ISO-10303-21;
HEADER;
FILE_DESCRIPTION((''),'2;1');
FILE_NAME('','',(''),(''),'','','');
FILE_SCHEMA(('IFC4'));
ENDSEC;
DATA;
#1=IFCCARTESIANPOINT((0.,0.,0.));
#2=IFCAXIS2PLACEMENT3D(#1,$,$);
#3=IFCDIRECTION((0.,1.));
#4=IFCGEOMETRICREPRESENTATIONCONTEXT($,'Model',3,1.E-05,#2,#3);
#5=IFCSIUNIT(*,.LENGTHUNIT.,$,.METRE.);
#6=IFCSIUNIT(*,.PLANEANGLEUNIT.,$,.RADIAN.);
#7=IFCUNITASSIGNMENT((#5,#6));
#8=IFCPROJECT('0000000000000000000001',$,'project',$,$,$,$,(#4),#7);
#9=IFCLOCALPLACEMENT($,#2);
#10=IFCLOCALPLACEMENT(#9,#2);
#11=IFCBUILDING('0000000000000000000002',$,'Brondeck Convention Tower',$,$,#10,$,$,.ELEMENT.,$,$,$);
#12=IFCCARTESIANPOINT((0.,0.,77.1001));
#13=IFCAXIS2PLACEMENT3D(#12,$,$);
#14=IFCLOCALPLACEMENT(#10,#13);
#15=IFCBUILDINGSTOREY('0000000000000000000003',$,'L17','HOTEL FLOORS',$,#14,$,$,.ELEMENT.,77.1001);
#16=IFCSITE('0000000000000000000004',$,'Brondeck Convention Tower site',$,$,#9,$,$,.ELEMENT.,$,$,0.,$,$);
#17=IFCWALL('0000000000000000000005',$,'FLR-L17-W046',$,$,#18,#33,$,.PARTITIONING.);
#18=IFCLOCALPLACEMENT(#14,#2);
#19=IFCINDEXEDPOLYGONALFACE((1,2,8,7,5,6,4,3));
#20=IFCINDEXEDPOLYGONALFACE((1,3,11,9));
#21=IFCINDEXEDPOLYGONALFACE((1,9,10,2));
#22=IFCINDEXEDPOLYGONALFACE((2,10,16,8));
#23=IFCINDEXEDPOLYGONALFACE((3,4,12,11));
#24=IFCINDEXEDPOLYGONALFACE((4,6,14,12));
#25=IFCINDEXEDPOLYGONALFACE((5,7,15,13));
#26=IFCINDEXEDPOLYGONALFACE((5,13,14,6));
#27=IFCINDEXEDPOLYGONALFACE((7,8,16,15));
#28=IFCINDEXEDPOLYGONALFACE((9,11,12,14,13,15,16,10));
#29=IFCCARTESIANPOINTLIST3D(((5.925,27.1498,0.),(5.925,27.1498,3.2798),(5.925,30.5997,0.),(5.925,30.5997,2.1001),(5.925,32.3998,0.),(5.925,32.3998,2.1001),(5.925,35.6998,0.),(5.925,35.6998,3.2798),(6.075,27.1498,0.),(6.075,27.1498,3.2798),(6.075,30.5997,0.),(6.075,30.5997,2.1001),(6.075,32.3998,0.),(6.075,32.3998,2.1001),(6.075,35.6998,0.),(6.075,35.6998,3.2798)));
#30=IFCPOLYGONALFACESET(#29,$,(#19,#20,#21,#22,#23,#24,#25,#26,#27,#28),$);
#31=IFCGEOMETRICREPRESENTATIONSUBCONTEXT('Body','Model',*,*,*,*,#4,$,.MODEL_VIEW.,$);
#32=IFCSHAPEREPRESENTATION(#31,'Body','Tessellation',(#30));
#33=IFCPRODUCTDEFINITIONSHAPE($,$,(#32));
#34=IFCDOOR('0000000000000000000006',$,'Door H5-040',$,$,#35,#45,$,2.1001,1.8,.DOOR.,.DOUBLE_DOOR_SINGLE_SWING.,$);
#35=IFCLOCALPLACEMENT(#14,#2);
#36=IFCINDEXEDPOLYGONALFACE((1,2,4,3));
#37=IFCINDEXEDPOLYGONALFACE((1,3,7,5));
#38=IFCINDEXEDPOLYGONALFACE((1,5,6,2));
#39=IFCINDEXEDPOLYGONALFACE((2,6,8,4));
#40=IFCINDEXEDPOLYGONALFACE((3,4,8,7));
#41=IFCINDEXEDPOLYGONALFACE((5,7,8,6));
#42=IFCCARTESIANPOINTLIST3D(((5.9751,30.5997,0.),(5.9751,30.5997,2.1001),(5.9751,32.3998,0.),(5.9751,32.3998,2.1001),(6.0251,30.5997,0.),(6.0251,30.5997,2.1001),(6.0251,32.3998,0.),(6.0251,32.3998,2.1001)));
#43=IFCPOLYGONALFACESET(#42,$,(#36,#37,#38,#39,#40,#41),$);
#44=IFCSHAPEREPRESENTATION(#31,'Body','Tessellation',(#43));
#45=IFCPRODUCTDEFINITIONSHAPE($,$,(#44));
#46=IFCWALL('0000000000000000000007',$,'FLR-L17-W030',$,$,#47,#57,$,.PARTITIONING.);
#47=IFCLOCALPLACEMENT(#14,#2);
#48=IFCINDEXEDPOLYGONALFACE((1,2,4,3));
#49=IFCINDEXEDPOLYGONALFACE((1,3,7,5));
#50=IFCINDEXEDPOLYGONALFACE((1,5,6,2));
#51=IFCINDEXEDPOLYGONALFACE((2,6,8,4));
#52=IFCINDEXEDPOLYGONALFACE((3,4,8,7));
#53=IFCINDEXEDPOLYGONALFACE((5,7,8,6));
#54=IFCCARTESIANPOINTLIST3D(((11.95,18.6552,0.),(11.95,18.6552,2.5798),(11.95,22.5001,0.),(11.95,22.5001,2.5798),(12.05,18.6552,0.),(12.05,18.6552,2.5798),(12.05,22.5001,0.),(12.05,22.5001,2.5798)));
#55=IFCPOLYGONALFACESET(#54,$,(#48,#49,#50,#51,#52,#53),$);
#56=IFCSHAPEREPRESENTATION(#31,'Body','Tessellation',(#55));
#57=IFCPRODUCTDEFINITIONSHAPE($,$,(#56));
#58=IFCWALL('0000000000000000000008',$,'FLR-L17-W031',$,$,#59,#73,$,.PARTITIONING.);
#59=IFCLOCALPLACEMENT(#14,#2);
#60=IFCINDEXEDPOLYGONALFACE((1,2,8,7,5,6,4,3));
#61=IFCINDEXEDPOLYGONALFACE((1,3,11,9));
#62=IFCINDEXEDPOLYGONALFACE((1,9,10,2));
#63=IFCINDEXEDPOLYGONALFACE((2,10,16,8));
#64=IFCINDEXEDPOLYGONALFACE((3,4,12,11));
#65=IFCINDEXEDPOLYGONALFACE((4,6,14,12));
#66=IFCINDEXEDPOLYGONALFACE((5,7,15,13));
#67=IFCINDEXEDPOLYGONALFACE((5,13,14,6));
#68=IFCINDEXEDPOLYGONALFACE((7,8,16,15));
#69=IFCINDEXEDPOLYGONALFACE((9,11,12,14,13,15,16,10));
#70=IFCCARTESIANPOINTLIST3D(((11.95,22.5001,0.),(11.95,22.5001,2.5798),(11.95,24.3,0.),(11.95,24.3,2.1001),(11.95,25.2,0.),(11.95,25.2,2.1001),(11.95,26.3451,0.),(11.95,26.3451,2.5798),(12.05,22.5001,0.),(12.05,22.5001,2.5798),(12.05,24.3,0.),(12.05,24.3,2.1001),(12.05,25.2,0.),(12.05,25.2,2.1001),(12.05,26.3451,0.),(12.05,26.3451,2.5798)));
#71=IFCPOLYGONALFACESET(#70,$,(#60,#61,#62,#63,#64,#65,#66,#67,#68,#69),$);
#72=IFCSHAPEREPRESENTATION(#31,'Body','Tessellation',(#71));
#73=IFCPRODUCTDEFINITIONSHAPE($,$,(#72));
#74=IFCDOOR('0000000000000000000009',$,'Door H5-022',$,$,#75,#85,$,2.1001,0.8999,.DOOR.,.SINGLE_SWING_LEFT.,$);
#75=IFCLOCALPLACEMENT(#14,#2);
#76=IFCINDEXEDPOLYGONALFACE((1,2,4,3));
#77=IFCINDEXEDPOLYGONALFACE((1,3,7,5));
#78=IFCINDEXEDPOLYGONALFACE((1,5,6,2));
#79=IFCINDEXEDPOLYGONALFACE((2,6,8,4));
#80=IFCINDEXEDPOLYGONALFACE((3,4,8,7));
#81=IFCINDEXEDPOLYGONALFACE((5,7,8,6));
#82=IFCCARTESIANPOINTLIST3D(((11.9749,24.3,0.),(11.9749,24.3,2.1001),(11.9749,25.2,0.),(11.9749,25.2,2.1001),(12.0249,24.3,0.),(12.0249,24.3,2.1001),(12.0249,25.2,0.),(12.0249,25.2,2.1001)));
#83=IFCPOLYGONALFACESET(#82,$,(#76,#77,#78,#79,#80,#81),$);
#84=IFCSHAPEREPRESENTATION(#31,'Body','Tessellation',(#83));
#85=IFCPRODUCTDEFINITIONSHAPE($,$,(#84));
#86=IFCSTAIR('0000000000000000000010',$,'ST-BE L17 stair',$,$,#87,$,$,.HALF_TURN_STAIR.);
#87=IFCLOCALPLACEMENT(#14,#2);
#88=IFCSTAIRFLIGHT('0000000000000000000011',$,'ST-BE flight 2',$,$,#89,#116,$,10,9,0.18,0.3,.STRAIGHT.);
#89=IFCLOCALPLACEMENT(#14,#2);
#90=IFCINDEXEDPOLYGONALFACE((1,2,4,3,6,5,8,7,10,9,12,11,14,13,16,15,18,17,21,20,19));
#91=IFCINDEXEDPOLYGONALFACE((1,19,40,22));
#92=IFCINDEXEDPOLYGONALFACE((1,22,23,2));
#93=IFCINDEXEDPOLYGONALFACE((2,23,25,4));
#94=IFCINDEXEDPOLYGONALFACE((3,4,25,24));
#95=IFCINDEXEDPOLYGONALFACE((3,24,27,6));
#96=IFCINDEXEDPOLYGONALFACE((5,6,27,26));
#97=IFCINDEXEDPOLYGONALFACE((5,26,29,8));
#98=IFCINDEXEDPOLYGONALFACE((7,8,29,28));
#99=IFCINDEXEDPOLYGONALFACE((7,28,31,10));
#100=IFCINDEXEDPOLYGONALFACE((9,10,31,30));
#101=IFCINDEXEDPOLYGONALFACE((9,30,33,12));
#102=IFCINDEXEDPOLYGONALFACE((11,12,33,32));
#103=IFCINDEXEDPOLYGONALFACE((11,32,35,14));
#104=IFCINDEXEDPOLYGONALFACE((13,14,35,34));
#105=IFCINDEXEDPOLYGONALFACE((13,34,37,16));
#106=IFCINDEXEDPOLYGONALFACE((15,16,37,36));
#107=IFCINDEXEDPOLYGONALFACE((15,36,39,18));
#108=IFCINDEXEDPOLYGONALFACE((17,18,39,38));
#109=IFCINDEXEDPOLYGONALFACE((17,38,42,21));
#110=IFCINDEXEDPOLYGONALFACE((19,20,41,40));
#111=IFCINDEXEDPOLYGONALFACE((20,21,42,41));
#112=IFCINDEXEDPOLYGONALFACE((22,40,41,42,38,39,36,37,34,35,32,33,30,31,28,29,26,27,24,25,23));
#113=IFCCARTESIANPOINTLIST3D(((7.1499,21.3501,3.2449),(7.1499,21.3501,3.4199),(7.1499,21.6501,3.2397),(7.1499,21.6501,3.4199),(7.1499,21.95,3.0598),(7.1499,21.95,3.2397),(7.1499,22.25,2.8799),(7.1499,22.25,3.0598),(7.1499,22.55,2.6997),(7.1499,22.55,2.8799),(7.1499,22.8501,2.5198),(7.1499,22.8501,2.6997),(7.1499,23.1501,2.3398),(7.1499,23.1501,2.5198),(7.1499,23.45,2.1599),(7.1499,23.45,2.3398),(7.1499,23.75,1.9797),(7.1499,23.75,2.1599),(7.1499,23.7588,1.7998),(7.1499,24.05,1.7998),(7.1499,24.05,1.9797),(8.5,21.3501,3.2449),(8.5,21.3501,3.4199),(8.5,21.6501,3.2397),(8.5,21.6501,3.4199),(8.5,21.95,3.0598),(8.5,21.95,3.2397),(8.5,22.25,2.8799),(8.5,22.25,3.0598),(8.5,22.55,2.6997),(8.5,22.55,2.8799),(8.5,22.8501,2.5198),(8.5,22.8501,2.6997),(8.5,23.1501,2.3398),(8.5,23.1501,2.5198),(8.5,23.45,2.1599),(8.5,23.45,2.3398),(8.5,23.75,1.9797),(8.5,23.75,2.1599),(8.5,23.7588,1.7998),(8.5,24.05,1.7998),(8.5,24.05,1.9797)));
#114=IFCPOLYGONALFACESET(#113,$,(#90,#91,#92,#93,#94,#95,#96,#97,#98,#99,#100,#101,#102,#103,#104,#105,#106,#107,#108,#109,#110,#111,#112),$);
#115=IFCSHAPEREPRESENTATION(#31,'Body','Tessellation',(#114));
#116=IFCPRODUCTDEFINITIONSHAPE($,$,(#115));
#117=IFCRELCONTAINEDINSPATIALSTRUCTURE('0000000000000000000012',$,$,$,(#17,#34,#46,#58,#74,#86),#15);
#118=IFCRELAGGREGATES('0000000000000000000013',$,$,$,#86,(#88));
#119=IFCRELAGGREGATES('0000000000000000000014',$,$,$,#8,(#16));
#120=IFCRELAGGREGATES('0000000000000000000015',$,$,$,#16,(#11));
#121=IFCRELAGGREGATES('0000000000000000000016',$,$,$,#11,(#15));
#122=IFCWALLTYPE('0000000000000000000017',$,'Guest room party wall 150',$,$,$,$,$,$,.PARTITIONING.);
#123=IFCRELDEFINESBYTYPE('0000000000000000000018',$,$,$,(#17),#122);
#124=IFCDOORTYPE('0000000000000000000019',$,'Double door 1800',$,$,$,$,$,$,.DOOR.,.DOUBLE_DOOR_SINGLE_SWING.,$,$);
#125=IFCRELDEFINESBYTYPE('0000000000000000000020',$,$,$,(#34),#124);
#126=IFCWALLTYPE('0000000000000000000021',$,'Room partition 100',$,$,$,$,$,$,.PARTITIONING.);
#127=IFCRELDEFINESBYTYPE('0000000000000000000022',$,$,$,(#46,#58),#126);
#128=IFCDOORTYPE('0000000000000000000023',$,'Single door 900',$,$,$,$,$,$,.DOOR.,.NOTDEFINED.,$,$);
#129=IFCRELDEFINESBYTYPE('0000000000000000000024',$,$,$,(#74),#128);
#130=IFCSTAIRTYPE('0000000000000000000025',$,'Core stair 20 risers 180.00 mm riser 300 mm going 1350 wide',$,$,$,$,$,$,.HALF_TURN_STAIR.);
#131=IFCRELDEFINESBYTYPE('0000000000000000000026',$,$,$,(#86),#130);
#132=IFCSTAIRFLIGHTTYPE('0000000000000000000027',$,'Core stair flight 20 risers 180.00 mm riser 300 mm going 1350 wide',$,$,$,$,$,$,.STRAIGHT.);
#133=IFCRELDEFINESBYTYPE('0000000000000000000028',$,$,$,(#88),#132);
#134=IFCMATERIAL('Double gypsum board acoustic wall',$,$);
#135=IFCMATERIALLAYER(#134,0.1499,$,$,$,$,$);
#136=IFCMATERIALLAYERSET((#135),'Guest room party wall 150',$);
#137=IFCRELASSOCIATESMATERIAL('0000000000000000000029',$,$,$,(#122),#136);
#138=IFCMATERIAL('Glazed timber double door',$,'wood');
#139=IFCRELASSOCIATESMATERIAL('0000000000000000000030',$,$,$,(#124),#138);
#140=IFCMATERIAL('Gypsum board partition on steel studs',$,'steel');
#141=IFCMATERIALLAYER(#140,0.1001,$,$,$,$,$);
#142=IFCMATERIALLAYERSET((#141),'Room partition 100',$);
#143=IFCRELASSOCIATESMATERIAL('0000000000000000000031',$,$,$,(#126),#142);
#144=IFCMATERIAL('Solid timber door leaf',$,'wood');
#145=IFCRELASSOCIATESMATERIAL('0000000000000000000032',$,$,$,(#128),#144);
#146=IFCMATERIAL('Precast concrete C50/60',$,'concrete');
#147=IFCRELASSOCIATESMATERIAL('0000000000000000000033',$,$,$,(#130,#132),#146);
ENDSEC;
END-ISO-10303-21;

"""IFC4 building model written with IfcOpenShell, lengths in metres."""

from ifc_helpers import new_model, si_unit, direction, frame, frame_2d, origin, place, context, subcontext, project, spatial, polyline, rectangle, outline, extrude, material, layer, layer_set, type_object, element, fill, aggregate, save


model = new_model("IFC4")

# Units and contexts
model_context = context("Model", 3, precision=1e-05, world=origin(), true_north=direction((0.0, 1.0)))
body_context = subcontext(model_context, "Body", "Model", "MODEL_VIEW")
ifc_project = project(units=[si_unit("LENGTHUNIT", "METRE"), si_unit("PLANEANGLEUNIT", "RADIAN")], contexts=[model_context])

# Site, building, storey
site_placement = place(None, origin())
site = spatial("IfcSite", under=ifc_project, at=site_placement, Name="Brondeck Convention Tower site", CompositionType="ELEMENT", RefElevation=0.0)
building_placement = place(site_placement, origin())
building = spatial("IfcBuilding", under=site, at=building_placement, Name="Brondeck Convention Tower", CompositionType="ELEMENT")
storey_placement = place(building_placement, frame((0.0, 0.0, 77.1001)))
storey = spatial("IfcBuildingStorey", under=building, at=storey_placement, Name="L17", Description="HOTEL FLOORS", CompositionType="ELEMENT", Elevation=77.1001)

# Wall, opening, door
ifc_material_1 = material(Name="Double gypsum board acoustic wall")
ifc_layer_1 = layer(ifc_material_1, 0.1499)
ifc_layer_set_1 = layer_set([ifc_layer_1], Name="Guest room party wall 150")
wall_type_1 = type_object("IfcWallType", Name="Guest room party wall 150", PredefinedType="PARTITIONING", material=ifc_layer_set_1)
wall_1_placement = place(storey_placement, frame((6.0, 27.1499, 0.0), z_axis=(0.0, 0.0, 1.0), x_axis=(0.0, 1.0, 0.0)))
wall_1 = element("IfcWall", 1, at=wall_1_placement, inside=storey, type_object=wall_type_1, Name="FLR-L17-W046", PredefinedType="PARTITIONING", context=body_context, shape_type="SweptSolid", body=[
    extrude(rectangle(XDim=8.55, YDim=0.1499, at=frame_2d((4.2749, 0.0))), origin(), (0.0, 0.0, 1.0), 3.2798),
])
opening_1_placement = place(wall_1_placement, frame((3.45, 0.0, 0.0)))
opening_1 = element("IfcOpeningElement", 2, at=opening_1_placement, cuts=wall_1, PredefinedType="OPENING", context=body_context, shape_type="SweptSolid", body=[
    extrude(rectangle(XDim=1.8, YDim=2.1001, at=frame_2d((0.8999, 1.05))), frame((0.0, 0.085, 0.0), z_axis=(0.0, -1.0, 0.0), x_axis=(1.0, 0.0, 0.0)), (0.0, 0.0, 1.0), 0.1699),
])
ifc_material_2 = material(Name="Glazed timber double door", Category="wood")
door_type_1 = type_object("IfcDoorType", Name="Double door 1800", OperationType="DOUBLE_DOOR_SINGLE_SWING", PredefinedType="DOOR", material=ifc_material_2)
door_1_placement = place(opening_1_placement, origin())
door_1 = element("IfcDoor", 3, at=door_1_placement, inside=storey, type_object=door_type_1, Name="Door H5-040", OperationType="DOUBLE_DOOR_SINGLE_SWING", OverallHeight=2.1001, OverallWidth=1.8, PredefinedType="DOOR", context=body_context, shape_type="SweptSolid", body=[
    extrude(rectangle(XDim=1.8, YDim=2.1001, at=frame_2d((0.8999, 1.05))), frame((0.0, 0.0249, 0.0), z_axis=(0.0, -1.0, 0.0), x_axis=(1.0, 0.0, 0.0)), (0.0, 0.0, 1.0), 0.05),
])
fill(opening_1, door_1)

# Wall
ifc_material_3 = material(Name="Gypsum board partition on steel studs", Category="steel")
ifc_layer_2 = layer(ifc_material_3, 0.1001)
ifc_layer_set_2 = layer_set([ifc_layer_2], Name="Room partition 100")
wall_type_2 = type_object("IfcWallType", Name="Room partition 100", PredefinedType="PARTITIONING", material=ifc_layer_set_2)
wall_2_placement = place(storey_placement, frame((12.0, 22.5, 0.0), z_axis=(0.0, 0.0, 1.0), x_axis=(0.0, -1.0, 0.0)))
element("IfcWall", 4, at=wall_2_placement, inside=storey, type_object=wall_type_2, Name="FLR-L17-W030", PredefinedType="PARTITIONING", context=body_context, shape_type="SweptSolid", body=[
    extrude(rectangle(XDim=3.845, YDim=0.1001, at=frame_2d((1.9224, 0.0))), origin(), (0.0, 0.0, 1.0), 2.5798),
])

# Wall, opening, door
wall_3_placement = place(storey_placement, frame((12.0, 26.345, 0.0), z_axis=(0.0, 0.0, 1.0), x_axis=(0.0, -1.0, 0.0)))
wall_3 = element("IfcWall", 5, at=wall_3_placement, inside=storey, type_object=wall_type_2, Name="FLR-L17-W031", PredefinedType="PARTITIONING", context=body_context, shape_type="SweptSolid", body=[
    extrude(rectangle(XDim=3.845, YDim=0.1001, at=frame_2d((1.9224, 0.0))), origin(), (0.0, 0.0, 1.0), 2.5798),
])
opening_2_placement = place(wall_3_placement, frame((1.145, 0.0, 0.0)))
opening_2 = element("IfcOpeningElement", 6, at=opening_2_placement, cuts=wall_3, PredefinedType="OPENING", context=body_context, shape_type="SweptSolid", body=[
    extrude(rectangle(XDim=0.8999, YDim=2.1001, at=frame_2d((0.45, 1.05))), frame((0.0, 0.0601, 0.0), z_axis=(0.0, -1.0, 0.0), x_axis=(1.0, 0.0, 0.0)), (0.0, 0.0, 1.0), 0.1201),
])
ifc_material_4 = material(Name="Solid timber door leaf", Category="wood")
door_type_2 = type_object("IfcDoorType", Name="Single door 900", OperationType="NOTDEFINED", PredefinedType="DOOR", material=ifc_material_4)
door_2_placement = place(opening_2_placement, origin())
door_2 = element("IfcDoor", 7, at=door_2_placement, inside=storey, type_object=door_type_2, Name="Door H5-022", OperationType="SINGLE_SWING_LEFT", OverallHeight=2.1001, OverallWidth=0.8999, PredefinedType="DOOR", context=body_context, shape_type="SweptSolid", body=[
    extrude(rectangle(XDim=0.8999, YDim=2.1001, at=frame_2d((0.45, 1.05))), frame((0.0, 0.0249, 0.0), z_axis=(0.0, -1.0, 0.0), x_axis=(1.0, 0.0, 0.0)), (0.0, 0.0, 1.0), 0.05),
])
fill(opening_2, door_2)

# Stair, stair flight
ifc_material_5 = material(Name="Precast concrete C50/60", Category="concrete")
stair_type = type_object("IfcStairType", Name="Core stair 20 risers 180.00 mm riser 300 mm going 1350 wide", PredefinedType="HALF_TURN_STAIR", material=ifc_material_5)
stair_placement = place(storey_placement, origin())
stair = element("IfcStair", 8, at=stair_placement, inside=storey, type_object=stair_type, Name="ST-BE L17 stair", PredefinedType="HALF_TURN_STAIR")
stair_flight_type = type_object("IfcStairFlightType", Name="Core stair flight 20 risers 180.00 mm riser 300 mm going 1350 wide", PredefinedType="STRAIGHT", material=ifc_material_5)
stair_flight_placement = place(storey_placement, frame((7.825, 24.05, 1.7998), z_axis=(0.0, 0.0, 1.0), x_axis=(0.0, -1.0, 0.0)))
stair_flight = element("IfcStairFlight", 9, at=stair_flight_placement, type_object=stair_flight_type, Name="ST-BE flight 2", NumberOfRisers=10, NumberOfTreads=9, PredefinedType="STRAIGHT", RiserHeight=0.18, TreadLength=0.3, context=body_context, shape_type="SweptSolid", body=[
    extrude(outline(polyline([(0.0, 0.0), (0.0, 0.1799), (0.3, 0.1799), (0.3, 0.3601), (0.6001, 0.3601), (0.6001, 0.54), (0.8999, 0.54), (0.8999, 0.72), (1.2, 0.72), (1.2, 0.8999), (1.5, 0.8999), (1.5, 1.0801), (1.8, 1.0801), (1.8, 1.26), (2.1001, 1.26), (2.1001, 1.4399), (2.3999, 1.4399), (2.3999, 1.6201), (2.7, 1.6201), (2.7, 1.8), (2.7, 1.4451), (0.2913, 0.0), (0.0, 0.0)])), frame((0.0, 0.675, 0.0), z_axis=(0.0, -1.0, 0.0), x_axis=(1.0, 0.0, 0.0)), (0.0, 0.0, 1.0), 1.3501),
])
aggregate(stair, [stair_flight])

save(model, "model.ifc")
